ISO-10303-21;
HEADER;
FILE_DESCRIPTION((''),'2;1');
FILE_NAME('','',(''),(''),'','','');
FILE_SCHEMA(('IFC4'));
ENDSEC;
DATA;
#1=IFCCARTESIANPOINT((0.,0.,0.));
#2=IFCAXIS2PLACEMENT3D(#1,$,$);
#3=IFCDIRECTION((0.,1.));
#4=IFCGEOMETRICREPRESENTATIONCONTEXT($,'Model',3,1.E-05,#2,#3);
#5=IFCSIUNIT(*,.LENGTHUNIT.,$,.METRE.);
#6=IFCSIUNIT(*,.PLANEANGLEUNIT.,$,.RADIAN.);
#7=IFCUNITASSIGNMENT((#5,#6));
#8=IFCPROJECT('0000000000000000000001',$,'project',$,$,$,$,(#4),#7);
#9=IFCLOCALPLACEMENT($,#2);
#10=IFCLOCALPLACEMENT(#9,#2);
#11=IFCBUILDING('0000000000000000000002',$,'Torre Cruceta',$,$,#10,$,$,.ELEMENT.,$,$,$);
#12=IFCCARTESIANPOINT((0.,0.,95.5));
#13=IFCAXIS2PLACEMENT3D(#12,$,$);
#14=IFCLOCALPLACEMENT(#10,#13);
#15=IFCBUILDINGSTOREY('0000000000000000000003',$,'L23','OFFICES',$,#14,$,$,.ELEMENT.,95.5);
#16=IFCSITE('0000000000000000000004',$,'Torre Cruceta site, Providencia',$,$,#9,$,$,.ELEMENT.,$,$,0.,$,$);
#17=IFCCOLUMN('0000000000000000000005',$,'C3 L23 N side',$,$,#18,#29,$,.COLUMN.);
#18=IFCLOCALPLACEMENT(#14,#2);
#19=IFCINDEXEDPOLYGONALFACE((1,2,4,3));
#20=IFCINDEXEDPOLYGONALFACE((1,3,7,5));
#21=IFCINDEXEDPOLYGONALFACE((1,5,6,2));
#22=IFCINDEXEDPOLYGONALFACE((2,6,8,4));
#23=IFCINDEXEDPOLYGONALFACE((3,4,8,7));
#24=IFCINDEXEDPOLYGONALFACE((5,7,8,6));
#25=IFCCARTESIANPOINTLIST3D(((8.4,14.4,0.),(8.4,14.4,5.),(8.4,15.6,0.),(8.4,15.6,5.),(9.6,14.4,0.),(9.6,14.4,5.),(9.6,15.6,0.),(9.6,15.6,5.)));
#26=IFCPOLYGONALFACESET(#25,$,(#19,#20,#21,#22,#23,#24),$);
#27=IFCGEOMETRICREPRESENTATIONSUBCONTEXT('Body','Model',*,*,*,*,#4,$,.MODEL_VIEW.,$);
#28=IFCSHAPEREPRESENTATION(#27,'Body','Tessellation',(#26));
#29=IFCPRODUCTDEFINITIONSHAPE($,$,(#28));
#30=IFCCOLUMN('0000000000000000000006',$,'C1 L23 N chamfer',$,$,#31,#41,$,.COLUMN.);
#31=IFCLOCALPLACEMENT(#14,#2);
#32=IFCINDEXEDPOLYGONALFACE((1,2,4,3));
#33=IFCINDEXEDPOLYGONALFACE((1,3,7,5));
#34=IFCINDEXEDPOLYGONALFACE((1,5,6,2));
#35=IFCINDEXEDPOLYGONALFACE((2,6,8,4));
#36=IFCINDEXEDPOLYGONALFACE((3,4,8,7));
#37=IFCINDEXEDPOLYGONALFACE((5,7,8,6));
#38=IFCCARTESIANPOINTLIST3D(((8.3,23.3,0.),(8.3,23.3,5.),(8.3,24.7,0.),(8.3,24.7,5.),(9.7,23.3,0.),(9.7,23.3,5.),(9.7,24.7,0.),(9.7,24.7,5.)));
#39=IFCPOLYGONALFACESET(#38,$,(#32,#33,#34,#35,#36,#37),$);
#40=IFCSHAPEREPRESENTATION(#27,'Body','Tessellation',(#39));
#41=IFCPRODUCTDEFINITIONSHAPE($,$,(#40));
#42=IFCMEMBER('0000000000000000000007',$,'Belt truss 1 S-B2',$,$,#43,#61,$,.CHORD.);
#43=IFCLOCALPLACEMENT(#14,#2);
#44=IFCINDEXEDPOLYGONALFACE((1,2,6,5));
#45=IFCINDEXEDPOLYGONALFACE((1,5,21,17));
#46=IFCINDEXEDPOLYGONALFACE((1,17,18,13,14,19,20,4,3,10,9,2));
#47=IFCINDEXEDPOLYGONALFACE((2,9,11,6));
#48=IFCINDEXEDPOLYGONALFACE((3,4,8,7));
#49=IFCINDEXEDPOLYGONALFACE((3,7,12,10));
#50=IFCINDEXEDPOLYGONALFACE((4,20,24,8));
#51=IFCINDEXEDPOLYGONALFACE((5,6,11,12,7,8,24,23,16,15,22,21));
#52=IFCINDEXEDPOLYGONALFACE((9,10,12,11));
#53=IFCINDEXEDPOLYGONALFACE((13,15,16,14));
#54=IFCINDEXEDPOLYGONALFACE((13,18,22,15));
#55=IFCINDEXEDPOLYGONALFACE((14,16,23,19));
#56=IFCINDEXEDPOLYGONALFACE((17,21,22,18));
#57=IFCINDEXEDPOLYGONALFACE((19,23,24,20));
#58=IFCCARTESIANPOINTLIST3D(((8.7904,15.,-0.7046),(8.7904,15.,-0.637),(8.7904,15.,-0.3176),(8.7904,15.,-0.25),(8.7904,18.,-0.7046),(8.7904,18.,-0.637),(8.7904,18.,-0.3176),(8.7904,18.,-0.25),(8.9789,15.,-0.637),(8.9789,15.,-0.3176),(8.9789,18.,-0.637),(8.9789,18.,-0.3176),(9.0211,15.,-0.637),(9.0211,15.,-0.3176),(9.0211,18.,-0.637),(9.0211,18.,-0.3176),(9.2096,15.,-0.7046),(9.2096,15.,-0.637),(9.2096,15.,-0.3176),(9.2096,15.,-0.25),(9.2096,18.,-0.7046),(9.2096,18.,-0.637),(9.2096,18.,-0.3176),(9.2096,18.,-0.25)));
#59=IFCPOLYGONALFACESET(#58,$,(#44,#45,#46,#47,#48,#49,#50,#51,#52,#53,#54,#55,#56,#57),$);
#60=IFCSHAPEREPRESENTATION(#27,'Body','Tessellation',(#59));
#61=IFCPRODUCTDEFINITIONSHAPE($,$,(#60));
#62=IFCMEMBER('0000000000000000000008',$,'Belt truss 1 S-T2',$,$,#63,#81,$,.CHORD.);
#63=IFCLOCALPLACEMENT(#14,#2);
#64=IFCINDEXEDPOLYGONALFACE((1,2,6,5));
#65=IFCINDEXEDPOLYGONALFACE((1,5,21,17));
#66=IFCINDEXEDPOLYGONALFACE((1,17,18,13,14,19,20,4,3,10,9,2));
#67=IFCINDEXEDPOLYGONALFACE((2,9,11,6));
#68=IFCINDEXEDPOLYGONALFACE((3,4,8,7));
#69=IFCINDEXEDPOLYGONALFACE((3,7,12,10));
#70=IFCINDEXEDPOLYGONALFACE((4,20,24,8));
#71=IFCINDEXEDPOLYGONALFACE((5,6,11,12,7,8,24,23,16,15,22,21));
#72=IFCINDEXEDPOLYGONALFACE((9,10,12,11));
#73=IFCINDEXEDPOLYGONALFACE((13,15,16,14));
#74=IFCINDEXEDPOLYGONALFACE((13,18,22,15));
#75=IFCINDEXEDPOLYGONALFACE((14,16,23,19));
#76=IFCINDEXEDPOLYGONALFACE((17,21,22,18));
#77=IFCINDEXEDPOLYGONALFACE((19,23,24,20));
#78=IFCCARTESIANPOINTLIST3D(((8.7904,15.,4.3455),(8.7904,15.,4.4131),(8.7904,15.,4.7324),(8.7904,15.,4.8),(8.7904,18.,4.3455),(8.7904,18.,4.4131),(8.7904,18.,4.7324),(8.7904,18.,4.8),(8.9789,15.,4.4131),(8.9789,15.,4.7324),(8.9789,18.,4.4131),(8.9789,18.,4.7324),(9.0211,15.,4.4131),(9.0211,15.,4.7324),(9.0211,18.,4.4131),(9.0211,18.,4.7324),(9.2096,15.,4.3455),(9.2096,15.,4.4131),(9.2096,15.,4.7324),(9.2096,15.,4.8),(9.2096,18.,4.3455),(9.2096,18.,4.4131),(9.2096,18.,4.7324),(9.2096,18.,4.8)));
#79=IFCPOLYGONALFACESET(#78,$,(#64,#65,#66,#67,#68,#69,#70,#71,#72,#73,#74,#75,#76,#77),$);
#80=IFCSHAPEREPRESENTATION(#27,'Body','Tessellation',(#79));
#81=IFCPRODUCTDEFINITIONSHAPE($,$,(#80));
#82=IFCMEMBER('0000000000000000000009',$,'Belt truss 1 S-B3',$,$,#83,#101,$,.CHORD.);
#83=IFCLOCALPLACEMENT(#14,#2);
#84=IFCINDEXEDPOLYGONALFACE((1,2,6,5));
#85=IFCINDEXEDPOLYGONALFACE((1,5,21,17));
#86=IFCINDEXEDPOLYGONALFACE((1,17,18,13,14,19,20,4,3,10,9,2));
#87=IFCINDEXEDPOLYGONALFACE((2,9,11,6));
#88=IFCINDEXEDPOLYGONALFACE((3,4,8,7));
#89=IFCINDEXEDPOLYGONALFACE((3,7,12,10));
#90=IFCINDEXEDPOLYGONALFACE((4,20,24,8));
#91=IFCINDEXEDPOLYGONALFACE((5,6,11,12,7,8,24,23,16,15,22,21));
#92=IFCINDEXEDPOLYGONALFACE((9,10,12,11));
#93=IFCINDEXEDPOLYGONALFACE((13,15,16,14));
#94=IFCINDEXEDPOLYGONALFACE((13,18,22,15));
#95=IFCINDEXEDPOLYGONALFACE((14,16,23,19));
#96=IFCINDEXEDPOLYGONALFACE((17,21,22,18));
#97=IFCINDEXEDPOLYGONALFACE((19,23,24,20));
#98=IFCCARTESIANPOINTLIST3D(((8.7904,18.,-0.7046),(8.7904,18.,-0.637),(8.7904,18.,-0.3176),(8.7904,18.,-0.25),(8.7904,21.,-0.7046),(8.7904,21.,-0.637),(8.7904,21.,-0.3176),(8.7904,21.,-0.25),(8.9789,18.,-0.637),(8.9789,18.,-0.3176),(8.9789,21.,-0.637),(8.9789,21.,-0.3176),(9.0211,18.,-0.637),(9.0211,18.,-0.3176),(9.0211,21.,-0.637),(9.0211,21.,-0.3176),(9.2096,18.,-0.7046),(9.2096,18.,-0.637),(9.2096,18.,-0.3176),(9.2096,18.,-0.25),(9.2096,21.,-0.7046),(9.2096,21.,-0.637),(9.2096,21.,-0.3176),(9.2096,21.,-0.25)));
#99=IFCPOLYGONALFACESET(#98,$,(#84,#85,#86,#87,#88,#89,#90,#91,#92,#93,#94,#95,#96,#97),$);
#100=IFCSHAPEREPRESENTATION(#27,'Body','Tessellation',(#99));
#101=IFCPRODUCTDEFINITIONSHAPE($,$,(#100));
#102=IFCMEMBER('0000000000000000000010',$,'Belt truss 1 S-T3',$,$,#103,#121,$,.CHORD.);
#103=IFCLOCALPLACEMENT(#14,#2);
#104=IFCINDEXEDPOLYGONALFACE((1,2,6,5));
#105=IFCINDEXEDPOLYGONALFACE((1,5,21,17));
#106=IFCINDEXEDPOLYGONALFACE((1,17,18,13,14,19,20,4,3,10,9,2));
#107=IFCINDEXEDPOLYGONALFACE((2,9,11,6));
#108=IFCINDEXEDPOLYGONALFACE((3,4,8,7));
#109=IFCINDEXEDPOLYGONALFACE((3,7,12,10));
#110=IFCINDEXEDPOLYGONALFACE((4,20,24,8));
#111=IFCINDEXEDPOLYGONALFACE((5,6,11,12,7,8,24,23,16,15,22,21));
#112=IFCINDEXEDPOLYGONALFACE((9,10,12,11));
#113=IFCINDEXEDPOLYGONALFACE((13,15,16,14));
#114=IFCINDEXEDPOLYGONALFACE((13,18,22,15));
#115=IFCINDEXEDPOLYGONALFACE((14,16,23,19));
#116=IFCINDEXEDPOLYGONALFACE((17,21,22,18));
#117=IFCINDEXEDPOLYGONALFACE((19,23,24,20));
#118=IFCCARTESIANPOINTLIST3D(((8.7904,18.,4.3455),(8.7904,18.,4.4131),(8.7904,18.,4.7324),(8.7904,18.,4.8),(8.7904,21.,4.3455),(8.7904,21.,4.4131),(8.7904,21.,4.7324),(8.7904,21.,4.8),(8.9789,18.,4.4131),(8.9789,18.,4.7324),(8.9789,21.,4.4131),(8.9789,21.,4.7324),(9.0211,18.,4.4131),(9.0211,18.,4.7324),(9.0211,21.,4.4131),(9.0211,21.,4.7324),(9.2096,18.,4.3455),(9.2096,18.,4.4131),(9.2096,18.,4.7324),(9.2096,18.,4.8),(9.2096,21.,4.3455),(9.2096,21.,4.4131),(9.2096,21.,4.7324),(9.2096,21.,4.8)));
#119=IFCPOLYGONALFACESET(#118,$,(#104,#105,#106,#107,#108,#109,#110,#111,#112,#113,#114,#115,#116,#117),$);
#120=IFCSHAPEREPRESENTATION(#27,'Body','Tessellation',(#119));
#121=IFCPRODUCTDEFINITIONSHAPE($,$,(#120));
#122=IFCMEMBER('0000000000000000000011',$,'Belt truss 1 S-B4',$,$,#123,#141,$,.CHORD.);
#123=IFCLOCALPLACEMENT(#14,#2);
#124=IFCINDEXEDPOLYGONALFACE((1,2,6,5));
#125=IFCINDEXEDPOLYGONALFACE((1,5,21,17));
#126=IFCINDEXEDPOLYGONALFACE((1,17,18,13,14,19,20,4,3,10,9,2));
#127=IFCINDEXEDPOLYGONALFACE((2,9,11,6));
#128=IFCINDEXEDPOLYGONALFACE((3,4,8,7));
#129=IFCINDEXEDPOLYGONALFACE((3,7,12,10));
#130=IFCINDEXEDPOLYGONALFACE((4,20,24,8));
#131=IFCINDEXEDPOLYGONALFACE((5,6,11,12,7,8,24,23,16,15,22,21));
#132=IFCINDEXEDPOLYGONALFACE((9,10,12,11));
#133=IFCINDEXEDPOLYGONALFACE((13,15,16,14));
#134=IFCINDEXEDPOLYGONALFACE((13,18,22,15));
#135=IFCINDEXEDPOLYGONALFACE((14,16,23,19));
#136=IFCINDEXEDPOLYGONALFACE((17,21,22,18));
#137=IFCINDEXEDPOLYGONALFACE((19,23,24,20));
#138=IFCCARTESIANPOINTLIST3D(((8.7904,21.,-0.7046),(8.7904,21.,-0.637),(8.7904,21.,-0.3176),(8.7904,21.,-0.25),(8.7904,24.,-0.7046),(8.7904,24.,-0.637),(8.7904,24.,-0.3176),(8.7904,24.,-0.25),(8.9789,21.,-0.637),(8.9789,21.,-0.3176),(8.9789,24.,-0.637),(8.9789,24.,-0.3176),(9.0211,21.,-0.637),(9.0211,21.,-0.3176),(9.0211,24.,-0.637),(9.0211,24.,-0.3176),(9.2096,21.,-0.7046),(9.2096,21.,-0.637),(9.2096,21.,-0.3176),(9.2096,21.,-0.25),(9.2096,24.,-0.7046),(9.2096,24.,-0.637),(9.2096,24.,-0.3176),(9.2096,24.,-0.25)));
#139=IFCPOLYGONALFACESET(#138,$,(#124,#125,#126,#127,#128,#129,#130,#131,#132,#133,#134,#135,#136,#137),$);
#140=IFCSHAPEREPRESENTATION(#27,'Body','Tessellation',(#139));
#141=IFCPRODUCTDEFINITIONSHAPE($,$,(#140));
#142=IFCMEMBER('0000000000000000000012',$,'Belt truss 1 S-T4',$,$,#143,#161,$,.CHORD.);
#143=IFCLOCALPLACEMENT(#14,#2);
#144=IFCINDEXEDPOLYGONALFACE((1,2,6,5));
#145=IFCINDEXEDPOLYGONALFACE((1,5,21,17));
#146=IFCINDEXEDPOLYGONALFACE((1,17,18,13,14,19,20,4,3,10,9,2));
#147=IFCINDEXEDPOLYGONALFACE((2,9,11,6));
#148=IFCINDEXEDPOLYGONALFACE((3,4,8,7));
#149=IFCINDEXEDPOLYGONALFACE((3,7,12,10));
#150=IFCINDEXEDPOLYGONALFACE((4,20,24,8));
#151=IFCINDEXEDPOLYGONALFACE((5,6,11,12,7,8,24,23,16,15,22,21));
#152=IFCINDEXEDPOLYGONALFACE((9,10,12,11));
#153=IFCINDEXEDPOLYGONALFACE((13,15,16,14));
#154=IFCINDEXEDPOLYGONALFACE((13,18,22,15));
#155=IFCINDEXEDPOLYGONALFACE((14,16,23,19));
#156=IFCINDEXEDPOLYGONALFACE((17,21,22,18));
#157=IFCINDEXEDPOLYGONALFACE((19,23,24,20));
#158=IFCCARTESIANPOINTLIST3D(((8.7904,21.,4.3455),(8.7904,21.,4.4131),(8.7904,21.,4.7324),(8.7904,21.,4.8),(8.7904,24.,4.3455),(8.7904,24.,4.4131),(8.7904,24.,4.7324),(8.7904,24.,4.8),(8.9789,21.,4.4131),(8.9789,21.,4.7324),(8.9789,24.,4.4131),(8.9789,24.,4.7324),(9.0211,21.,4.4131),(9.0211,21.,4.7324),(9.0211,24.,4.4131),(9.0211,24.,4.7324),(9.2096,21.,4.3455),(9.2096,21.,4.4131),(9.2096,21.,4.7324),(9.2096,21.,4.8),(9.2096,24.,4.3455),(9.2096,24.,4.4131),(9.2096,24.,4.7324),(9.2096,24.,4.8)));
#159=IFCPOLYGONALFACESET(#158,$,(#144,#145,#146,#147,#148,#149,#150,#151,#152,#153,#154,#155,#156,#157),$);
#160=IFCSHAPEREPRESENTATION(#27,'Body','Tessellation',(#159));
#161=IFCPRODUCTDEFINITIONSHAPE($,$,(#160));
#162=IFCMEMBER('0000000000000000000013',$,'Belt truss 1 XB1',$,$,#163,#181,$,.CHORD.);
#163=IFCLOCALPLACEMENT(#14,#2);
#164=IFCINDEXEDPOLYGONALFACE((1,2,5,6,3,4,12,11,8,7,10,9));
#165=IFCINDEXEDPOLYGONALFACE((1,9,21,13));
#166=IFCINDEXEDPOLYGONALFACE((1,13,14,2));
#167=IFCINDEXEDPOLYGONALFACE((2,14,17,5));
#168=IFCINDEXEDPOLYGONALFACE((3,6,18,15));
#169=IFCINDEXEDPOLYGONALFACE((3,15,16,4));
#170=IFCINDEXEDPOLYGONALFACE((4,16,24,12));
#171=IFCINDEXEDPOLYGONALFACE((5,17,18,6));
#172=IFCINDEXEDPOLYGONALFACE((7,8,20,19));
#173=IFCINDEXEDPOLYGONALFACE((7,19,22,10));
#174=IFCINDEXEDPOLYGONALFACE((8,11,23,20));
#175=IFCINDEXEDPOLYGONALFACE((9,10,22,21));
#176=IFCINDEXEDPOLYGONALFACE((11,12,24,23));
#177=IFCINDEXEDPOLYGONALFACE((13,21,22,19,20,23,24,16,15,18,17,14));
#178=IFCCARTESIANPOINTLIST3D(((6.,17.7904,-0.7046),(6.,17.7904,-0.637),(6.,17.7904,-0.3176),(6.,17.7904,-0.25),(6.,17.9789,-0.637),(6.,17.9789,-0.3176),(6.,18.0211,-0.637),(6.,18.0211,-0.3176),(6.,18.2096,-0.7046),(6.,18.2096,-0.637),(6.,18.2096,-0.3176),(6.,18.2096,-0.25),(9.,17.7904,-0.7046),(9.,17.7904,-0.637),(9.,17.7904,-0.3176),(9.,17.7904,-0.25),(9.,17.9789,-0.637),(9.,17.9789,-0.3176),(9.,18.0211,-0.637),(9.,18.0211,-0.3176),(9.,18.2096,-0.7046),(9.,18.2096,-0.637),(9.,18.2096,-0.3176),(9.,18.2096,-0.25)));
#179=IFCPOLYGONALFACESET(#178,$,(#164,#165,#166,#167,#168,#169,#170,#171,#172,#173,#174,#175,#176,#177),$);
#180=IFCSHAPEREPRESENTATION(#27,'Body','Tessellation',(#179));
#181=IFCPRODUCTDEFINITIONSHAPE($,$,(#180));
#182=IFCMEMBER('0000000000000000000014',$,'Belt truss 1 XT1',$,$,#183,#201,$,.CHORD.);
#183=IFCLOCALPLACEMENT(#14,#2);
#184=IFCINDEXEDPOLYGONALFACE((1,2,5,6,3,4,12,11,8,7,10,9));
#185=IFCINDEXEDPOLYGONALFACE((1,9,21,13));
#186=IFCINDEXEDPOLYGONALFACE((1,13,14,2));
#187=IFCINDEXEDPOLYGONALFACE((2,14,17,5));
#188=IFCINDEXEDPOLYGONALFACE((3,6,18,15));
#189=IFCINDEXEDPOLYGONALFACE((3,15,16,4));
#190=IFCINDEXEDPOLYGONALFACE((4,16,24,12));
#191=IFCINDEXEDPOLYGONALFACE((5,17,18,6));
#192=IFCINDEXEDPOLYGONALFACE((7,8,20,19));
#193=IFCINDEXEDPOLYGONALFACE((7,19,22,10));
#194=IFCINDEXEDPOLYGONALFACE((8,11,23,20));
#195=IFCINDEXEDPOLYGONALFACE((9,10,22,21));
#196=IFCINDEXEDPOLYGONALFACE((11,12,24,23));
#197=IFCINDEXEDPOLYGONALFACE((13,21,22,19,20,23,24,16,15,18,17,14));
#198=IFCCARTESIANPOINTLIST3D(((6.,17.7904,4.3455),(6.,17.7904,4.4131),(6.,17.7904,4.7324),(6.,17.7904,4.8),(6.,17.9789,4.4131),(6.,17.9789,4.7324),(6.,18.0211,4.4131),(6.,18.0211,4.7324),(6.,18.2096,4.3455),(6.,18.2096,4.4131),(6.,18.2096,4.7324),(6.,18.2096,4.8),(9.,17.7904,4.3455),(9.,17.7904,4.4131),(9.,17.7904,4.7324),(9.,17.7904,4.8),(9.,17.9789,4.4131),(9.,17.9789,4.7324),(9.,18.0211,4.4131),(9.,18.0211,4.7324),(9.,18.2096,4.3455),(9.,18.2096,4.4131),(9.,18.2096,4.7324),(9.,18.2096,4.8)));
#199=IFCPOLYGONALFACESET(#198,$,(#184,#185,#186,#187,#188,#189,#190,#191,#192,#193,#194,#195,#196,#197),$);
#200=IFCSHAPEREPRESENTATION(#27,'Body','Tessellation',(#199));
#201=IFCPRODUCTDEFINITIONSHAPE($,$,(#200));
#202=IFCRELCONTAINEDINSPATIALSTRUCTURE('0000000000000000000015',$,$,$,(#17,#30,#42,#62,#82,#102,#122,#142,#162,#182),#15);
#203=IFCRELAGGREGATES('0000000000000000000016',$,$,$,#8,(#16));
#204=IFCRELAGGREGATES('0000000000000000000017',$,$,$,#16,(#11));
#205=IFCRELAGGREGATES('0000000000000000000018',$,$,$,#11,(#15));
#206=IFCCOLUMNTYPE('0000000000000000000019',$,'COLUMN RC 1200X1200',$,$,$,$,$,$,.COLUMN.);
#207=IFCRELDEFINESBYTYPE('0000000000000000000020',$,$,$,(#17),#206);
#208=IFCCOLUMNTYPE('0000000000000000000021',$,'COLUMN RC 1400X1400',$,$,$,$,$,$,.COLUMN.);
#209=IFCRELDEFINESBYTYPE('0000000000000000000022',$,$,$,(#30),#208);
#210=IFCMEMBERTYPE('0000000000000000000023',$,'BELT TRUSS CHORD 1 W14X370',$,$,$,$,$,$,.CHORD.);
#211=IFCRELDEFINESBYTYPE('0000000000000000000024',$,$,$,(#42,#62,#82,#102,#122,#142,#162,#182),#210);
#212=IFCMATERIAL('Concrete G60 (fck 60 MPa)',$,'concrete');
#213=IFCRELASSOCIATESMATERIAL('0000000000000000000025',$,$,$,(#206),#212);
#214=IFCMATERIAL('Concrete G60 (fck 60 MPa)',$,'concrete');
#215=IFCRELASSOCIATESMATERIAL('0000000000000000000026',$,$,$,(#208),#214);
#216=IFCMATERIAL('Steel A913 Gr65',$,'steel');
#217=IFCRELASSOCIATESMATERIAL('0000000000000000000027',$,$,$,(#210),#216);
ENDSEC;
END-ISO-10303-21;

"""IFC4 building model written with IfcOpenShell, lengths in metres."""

from ifc_helpers import new_model, si_unit, direction, frame, origin, origin_2d, place, context, subcontext, project, spatial, rectangle, i_section, extrude, material, material_profile, profile_set, type_object, element, save


model = new_model("IFC4")

# Units and contexts
model_context = context("Model", 3, precision=1e-05, world=origin(), true_north=direction((0.0, 1.0)))
body_context = subcontext(model_context, "Body", "Model", "MODEL_VIEW")
ifc_project = project(units=[si_unit("LENGTHUNIT", "METRE"), si_unit("PLANEANGLEUNIT", "RADIAN")], contexts=[model_context])

# Site, building, storey
site_placement = place(None, origin())
site = spatial("IfcSite", under=ifc_project, at=site_placement, Name="Torre Cruceta site, Providencia", CompositionType="ELEMENT", RefElevation=0.0)
building_placement = place(site_placement, origin())
building = spatial("IfcBuilding", under=site, at=building_placement, Name="Torre Cruceta", CompositionType="ELEMENT")
storey_placement = place(building_placement, frame((0.0, 0.0, 95.5)))
storey = spatial("IfcBuildingStorey", under=building, at=storey_placement, Name="L23", Description="OFFICES", CompositionType="ELEMENT", Elevation=95.5)

# Columns
ifc_material_1 = material(Name="Concrete G60 (fck 60 MPa)", Category="concrete")
ifc_material_profile_1 = material_profile(ifc_material_1, rectangle(XDim=1.2, YDim=1.2, at=origin_2d()), Name="RC 1200X1200")
ifc_profile_set_1 = profile_set([ifc_material_profile_1], Name="Concrete G60 (fck 60 MPa)")
column_type_1 = type_object("IfcColumnType", Name="COLUMN RC 1200X1200", PredefinedType="COLUMN", material=ifc_profile_set_1)
column_1_placement = place(storey_placement, frame((9.0, 15.0, 0.0), z_axis=(0.0, 0.0, 1.0), x_axis=(1.0, 0.0, 0.0)))
element("IfcColumn", 1, at=column_1_placement, inside=storey, type_object=column_type_1, Name="C3 L23 N side", PredefinedType="COLUMN", context=body_context, shape_type="SweptSolid", body=[
    extrude(rectangle(XDim=1.2, YDim=1.2, at=origin_2d()), origin(), (0.0, 0.0, 1.0), 5.0),
])
ifc_material_2 = material(Name="Concrete G60 (fck 60 MPa)", Category="concrete")
ifc_material_profile_2 = material_profile(ifc_material_2, rectangle(XDim=1.3999, YDim=1.3999, at=origin_2d()), Name="RC 1400X1400")
ifc_profile_set_2 = profile_set([ifc_material_profile_2], Name="Concrete G60 (fck 60 MPa)")
column_type_2 = type_object("IfcColumnType", Name="COLUMN RC 1400X1400", PredefinedType="COLUMN", material=ifc_profile_set_2)
column_2_placement = place(storey_placement, frame((9.0, 24.0, 0.0), z_axis=(0.0, 0.0, 1.0), x_axis=(1.0, 0.0, 0.0)))
element("IfcColumn", 2, at=column_2_placement, inside=storey, type_object=column_type_2, Name="C1 L23 N chamfer", PredefinedType="COLUMN", context=body_context, shape_type="SweptSolid", body=[
    extrude(rectangle(XDim=1.3999, YDim=1.3999, at=origin_2d()), origin(), (0.0, 0.0, 1.0), 5.0),
])

# Members
ifc_material_3 = material(Name="Steel A913 Gr65", Category="steel")
ifc_material_profile_3 = material_profile(ifc_material_3, i_section(OverallWidth=0.4192, OverallDepth=0.4546, WebThickness=0.0422, FlangeThickness=0.0676, at=origin_2d()), Name="W14X370")
ifc_profile_set_3 = profile_set([ifc_material_profile_3], Name="Steel A913 Gr65")
member_type_1 = type_object("IfcMemberType", Name="BELT TRUSS CHORD 1 W14X370", PredefinedType="CHORD", material=ifc_profile_set_3)
for number, where, z_axis, x_axis, name in (
    (3, (9.0, 15.0, -0.4773), (0.0, 1.0, 0.0), (-1.0, 0.0, 0.0), "Belt truss 1 S-B2"),
    (4, (9.0, 15.0, 4.5728), (0.0, 1.0, 0.0), (-1.0, 0.0, 0.0), "Belt truss 1 S-T2"),
    (5, (9.0, 18.0, -0.4773), (0.0, 1.0, 0.0), (-1.0, 0.0, 0.0), "Belt truss 1 S-B3"),
    (6, (9.0, 18.0, 4.5728), (0.0, 1.0, 0.0), (-1.0, 0.0, 0.0), "Belt truss 1 S-T3"),
    (7, (9.0, 21.0, -0.4773), (0.0, 1.0, 0.0), (-1.0, 0.0, 0.0), "Belt truss 1 S-B4"),
    (8, (9.0, 21.0, 4.5728), (0.0, 1.0, 0.0), (-1.0, 0.0, 0.0), "Belt truss 1 S-T4"),
    (9, (9.0, 18.0, -0.4773), (-1.0, 0.0, 0.0), (0.0, -1.0, 0.0), "Belt truss 1 XB1"),
    (10, (9.0, 18.0, 4.5728), (-1.0, 0.0, 0.0), (0.0, -1.0, 0.0), "Belt truss 1 XT1"),
):
    element("IfcMember", number, at=place(storey_placement, frame(where, z_axis=z_axis, x_axis=x_axis)), inside=storey, type_object=member_type_1, Name=name, PredefinedType="CHORD", context=body_context, shape_type="SweptSolid", body=[
        extrude(i_section(OverallWidth=0.4192, OverallDepth=0.4546, WebThickness=0.0422, FlangeThickness=0.0676, at=origin_2d()), origin(), (0.0, 0.0, 1.0), 3.0),
    ])

save(model, "model.ifc")
